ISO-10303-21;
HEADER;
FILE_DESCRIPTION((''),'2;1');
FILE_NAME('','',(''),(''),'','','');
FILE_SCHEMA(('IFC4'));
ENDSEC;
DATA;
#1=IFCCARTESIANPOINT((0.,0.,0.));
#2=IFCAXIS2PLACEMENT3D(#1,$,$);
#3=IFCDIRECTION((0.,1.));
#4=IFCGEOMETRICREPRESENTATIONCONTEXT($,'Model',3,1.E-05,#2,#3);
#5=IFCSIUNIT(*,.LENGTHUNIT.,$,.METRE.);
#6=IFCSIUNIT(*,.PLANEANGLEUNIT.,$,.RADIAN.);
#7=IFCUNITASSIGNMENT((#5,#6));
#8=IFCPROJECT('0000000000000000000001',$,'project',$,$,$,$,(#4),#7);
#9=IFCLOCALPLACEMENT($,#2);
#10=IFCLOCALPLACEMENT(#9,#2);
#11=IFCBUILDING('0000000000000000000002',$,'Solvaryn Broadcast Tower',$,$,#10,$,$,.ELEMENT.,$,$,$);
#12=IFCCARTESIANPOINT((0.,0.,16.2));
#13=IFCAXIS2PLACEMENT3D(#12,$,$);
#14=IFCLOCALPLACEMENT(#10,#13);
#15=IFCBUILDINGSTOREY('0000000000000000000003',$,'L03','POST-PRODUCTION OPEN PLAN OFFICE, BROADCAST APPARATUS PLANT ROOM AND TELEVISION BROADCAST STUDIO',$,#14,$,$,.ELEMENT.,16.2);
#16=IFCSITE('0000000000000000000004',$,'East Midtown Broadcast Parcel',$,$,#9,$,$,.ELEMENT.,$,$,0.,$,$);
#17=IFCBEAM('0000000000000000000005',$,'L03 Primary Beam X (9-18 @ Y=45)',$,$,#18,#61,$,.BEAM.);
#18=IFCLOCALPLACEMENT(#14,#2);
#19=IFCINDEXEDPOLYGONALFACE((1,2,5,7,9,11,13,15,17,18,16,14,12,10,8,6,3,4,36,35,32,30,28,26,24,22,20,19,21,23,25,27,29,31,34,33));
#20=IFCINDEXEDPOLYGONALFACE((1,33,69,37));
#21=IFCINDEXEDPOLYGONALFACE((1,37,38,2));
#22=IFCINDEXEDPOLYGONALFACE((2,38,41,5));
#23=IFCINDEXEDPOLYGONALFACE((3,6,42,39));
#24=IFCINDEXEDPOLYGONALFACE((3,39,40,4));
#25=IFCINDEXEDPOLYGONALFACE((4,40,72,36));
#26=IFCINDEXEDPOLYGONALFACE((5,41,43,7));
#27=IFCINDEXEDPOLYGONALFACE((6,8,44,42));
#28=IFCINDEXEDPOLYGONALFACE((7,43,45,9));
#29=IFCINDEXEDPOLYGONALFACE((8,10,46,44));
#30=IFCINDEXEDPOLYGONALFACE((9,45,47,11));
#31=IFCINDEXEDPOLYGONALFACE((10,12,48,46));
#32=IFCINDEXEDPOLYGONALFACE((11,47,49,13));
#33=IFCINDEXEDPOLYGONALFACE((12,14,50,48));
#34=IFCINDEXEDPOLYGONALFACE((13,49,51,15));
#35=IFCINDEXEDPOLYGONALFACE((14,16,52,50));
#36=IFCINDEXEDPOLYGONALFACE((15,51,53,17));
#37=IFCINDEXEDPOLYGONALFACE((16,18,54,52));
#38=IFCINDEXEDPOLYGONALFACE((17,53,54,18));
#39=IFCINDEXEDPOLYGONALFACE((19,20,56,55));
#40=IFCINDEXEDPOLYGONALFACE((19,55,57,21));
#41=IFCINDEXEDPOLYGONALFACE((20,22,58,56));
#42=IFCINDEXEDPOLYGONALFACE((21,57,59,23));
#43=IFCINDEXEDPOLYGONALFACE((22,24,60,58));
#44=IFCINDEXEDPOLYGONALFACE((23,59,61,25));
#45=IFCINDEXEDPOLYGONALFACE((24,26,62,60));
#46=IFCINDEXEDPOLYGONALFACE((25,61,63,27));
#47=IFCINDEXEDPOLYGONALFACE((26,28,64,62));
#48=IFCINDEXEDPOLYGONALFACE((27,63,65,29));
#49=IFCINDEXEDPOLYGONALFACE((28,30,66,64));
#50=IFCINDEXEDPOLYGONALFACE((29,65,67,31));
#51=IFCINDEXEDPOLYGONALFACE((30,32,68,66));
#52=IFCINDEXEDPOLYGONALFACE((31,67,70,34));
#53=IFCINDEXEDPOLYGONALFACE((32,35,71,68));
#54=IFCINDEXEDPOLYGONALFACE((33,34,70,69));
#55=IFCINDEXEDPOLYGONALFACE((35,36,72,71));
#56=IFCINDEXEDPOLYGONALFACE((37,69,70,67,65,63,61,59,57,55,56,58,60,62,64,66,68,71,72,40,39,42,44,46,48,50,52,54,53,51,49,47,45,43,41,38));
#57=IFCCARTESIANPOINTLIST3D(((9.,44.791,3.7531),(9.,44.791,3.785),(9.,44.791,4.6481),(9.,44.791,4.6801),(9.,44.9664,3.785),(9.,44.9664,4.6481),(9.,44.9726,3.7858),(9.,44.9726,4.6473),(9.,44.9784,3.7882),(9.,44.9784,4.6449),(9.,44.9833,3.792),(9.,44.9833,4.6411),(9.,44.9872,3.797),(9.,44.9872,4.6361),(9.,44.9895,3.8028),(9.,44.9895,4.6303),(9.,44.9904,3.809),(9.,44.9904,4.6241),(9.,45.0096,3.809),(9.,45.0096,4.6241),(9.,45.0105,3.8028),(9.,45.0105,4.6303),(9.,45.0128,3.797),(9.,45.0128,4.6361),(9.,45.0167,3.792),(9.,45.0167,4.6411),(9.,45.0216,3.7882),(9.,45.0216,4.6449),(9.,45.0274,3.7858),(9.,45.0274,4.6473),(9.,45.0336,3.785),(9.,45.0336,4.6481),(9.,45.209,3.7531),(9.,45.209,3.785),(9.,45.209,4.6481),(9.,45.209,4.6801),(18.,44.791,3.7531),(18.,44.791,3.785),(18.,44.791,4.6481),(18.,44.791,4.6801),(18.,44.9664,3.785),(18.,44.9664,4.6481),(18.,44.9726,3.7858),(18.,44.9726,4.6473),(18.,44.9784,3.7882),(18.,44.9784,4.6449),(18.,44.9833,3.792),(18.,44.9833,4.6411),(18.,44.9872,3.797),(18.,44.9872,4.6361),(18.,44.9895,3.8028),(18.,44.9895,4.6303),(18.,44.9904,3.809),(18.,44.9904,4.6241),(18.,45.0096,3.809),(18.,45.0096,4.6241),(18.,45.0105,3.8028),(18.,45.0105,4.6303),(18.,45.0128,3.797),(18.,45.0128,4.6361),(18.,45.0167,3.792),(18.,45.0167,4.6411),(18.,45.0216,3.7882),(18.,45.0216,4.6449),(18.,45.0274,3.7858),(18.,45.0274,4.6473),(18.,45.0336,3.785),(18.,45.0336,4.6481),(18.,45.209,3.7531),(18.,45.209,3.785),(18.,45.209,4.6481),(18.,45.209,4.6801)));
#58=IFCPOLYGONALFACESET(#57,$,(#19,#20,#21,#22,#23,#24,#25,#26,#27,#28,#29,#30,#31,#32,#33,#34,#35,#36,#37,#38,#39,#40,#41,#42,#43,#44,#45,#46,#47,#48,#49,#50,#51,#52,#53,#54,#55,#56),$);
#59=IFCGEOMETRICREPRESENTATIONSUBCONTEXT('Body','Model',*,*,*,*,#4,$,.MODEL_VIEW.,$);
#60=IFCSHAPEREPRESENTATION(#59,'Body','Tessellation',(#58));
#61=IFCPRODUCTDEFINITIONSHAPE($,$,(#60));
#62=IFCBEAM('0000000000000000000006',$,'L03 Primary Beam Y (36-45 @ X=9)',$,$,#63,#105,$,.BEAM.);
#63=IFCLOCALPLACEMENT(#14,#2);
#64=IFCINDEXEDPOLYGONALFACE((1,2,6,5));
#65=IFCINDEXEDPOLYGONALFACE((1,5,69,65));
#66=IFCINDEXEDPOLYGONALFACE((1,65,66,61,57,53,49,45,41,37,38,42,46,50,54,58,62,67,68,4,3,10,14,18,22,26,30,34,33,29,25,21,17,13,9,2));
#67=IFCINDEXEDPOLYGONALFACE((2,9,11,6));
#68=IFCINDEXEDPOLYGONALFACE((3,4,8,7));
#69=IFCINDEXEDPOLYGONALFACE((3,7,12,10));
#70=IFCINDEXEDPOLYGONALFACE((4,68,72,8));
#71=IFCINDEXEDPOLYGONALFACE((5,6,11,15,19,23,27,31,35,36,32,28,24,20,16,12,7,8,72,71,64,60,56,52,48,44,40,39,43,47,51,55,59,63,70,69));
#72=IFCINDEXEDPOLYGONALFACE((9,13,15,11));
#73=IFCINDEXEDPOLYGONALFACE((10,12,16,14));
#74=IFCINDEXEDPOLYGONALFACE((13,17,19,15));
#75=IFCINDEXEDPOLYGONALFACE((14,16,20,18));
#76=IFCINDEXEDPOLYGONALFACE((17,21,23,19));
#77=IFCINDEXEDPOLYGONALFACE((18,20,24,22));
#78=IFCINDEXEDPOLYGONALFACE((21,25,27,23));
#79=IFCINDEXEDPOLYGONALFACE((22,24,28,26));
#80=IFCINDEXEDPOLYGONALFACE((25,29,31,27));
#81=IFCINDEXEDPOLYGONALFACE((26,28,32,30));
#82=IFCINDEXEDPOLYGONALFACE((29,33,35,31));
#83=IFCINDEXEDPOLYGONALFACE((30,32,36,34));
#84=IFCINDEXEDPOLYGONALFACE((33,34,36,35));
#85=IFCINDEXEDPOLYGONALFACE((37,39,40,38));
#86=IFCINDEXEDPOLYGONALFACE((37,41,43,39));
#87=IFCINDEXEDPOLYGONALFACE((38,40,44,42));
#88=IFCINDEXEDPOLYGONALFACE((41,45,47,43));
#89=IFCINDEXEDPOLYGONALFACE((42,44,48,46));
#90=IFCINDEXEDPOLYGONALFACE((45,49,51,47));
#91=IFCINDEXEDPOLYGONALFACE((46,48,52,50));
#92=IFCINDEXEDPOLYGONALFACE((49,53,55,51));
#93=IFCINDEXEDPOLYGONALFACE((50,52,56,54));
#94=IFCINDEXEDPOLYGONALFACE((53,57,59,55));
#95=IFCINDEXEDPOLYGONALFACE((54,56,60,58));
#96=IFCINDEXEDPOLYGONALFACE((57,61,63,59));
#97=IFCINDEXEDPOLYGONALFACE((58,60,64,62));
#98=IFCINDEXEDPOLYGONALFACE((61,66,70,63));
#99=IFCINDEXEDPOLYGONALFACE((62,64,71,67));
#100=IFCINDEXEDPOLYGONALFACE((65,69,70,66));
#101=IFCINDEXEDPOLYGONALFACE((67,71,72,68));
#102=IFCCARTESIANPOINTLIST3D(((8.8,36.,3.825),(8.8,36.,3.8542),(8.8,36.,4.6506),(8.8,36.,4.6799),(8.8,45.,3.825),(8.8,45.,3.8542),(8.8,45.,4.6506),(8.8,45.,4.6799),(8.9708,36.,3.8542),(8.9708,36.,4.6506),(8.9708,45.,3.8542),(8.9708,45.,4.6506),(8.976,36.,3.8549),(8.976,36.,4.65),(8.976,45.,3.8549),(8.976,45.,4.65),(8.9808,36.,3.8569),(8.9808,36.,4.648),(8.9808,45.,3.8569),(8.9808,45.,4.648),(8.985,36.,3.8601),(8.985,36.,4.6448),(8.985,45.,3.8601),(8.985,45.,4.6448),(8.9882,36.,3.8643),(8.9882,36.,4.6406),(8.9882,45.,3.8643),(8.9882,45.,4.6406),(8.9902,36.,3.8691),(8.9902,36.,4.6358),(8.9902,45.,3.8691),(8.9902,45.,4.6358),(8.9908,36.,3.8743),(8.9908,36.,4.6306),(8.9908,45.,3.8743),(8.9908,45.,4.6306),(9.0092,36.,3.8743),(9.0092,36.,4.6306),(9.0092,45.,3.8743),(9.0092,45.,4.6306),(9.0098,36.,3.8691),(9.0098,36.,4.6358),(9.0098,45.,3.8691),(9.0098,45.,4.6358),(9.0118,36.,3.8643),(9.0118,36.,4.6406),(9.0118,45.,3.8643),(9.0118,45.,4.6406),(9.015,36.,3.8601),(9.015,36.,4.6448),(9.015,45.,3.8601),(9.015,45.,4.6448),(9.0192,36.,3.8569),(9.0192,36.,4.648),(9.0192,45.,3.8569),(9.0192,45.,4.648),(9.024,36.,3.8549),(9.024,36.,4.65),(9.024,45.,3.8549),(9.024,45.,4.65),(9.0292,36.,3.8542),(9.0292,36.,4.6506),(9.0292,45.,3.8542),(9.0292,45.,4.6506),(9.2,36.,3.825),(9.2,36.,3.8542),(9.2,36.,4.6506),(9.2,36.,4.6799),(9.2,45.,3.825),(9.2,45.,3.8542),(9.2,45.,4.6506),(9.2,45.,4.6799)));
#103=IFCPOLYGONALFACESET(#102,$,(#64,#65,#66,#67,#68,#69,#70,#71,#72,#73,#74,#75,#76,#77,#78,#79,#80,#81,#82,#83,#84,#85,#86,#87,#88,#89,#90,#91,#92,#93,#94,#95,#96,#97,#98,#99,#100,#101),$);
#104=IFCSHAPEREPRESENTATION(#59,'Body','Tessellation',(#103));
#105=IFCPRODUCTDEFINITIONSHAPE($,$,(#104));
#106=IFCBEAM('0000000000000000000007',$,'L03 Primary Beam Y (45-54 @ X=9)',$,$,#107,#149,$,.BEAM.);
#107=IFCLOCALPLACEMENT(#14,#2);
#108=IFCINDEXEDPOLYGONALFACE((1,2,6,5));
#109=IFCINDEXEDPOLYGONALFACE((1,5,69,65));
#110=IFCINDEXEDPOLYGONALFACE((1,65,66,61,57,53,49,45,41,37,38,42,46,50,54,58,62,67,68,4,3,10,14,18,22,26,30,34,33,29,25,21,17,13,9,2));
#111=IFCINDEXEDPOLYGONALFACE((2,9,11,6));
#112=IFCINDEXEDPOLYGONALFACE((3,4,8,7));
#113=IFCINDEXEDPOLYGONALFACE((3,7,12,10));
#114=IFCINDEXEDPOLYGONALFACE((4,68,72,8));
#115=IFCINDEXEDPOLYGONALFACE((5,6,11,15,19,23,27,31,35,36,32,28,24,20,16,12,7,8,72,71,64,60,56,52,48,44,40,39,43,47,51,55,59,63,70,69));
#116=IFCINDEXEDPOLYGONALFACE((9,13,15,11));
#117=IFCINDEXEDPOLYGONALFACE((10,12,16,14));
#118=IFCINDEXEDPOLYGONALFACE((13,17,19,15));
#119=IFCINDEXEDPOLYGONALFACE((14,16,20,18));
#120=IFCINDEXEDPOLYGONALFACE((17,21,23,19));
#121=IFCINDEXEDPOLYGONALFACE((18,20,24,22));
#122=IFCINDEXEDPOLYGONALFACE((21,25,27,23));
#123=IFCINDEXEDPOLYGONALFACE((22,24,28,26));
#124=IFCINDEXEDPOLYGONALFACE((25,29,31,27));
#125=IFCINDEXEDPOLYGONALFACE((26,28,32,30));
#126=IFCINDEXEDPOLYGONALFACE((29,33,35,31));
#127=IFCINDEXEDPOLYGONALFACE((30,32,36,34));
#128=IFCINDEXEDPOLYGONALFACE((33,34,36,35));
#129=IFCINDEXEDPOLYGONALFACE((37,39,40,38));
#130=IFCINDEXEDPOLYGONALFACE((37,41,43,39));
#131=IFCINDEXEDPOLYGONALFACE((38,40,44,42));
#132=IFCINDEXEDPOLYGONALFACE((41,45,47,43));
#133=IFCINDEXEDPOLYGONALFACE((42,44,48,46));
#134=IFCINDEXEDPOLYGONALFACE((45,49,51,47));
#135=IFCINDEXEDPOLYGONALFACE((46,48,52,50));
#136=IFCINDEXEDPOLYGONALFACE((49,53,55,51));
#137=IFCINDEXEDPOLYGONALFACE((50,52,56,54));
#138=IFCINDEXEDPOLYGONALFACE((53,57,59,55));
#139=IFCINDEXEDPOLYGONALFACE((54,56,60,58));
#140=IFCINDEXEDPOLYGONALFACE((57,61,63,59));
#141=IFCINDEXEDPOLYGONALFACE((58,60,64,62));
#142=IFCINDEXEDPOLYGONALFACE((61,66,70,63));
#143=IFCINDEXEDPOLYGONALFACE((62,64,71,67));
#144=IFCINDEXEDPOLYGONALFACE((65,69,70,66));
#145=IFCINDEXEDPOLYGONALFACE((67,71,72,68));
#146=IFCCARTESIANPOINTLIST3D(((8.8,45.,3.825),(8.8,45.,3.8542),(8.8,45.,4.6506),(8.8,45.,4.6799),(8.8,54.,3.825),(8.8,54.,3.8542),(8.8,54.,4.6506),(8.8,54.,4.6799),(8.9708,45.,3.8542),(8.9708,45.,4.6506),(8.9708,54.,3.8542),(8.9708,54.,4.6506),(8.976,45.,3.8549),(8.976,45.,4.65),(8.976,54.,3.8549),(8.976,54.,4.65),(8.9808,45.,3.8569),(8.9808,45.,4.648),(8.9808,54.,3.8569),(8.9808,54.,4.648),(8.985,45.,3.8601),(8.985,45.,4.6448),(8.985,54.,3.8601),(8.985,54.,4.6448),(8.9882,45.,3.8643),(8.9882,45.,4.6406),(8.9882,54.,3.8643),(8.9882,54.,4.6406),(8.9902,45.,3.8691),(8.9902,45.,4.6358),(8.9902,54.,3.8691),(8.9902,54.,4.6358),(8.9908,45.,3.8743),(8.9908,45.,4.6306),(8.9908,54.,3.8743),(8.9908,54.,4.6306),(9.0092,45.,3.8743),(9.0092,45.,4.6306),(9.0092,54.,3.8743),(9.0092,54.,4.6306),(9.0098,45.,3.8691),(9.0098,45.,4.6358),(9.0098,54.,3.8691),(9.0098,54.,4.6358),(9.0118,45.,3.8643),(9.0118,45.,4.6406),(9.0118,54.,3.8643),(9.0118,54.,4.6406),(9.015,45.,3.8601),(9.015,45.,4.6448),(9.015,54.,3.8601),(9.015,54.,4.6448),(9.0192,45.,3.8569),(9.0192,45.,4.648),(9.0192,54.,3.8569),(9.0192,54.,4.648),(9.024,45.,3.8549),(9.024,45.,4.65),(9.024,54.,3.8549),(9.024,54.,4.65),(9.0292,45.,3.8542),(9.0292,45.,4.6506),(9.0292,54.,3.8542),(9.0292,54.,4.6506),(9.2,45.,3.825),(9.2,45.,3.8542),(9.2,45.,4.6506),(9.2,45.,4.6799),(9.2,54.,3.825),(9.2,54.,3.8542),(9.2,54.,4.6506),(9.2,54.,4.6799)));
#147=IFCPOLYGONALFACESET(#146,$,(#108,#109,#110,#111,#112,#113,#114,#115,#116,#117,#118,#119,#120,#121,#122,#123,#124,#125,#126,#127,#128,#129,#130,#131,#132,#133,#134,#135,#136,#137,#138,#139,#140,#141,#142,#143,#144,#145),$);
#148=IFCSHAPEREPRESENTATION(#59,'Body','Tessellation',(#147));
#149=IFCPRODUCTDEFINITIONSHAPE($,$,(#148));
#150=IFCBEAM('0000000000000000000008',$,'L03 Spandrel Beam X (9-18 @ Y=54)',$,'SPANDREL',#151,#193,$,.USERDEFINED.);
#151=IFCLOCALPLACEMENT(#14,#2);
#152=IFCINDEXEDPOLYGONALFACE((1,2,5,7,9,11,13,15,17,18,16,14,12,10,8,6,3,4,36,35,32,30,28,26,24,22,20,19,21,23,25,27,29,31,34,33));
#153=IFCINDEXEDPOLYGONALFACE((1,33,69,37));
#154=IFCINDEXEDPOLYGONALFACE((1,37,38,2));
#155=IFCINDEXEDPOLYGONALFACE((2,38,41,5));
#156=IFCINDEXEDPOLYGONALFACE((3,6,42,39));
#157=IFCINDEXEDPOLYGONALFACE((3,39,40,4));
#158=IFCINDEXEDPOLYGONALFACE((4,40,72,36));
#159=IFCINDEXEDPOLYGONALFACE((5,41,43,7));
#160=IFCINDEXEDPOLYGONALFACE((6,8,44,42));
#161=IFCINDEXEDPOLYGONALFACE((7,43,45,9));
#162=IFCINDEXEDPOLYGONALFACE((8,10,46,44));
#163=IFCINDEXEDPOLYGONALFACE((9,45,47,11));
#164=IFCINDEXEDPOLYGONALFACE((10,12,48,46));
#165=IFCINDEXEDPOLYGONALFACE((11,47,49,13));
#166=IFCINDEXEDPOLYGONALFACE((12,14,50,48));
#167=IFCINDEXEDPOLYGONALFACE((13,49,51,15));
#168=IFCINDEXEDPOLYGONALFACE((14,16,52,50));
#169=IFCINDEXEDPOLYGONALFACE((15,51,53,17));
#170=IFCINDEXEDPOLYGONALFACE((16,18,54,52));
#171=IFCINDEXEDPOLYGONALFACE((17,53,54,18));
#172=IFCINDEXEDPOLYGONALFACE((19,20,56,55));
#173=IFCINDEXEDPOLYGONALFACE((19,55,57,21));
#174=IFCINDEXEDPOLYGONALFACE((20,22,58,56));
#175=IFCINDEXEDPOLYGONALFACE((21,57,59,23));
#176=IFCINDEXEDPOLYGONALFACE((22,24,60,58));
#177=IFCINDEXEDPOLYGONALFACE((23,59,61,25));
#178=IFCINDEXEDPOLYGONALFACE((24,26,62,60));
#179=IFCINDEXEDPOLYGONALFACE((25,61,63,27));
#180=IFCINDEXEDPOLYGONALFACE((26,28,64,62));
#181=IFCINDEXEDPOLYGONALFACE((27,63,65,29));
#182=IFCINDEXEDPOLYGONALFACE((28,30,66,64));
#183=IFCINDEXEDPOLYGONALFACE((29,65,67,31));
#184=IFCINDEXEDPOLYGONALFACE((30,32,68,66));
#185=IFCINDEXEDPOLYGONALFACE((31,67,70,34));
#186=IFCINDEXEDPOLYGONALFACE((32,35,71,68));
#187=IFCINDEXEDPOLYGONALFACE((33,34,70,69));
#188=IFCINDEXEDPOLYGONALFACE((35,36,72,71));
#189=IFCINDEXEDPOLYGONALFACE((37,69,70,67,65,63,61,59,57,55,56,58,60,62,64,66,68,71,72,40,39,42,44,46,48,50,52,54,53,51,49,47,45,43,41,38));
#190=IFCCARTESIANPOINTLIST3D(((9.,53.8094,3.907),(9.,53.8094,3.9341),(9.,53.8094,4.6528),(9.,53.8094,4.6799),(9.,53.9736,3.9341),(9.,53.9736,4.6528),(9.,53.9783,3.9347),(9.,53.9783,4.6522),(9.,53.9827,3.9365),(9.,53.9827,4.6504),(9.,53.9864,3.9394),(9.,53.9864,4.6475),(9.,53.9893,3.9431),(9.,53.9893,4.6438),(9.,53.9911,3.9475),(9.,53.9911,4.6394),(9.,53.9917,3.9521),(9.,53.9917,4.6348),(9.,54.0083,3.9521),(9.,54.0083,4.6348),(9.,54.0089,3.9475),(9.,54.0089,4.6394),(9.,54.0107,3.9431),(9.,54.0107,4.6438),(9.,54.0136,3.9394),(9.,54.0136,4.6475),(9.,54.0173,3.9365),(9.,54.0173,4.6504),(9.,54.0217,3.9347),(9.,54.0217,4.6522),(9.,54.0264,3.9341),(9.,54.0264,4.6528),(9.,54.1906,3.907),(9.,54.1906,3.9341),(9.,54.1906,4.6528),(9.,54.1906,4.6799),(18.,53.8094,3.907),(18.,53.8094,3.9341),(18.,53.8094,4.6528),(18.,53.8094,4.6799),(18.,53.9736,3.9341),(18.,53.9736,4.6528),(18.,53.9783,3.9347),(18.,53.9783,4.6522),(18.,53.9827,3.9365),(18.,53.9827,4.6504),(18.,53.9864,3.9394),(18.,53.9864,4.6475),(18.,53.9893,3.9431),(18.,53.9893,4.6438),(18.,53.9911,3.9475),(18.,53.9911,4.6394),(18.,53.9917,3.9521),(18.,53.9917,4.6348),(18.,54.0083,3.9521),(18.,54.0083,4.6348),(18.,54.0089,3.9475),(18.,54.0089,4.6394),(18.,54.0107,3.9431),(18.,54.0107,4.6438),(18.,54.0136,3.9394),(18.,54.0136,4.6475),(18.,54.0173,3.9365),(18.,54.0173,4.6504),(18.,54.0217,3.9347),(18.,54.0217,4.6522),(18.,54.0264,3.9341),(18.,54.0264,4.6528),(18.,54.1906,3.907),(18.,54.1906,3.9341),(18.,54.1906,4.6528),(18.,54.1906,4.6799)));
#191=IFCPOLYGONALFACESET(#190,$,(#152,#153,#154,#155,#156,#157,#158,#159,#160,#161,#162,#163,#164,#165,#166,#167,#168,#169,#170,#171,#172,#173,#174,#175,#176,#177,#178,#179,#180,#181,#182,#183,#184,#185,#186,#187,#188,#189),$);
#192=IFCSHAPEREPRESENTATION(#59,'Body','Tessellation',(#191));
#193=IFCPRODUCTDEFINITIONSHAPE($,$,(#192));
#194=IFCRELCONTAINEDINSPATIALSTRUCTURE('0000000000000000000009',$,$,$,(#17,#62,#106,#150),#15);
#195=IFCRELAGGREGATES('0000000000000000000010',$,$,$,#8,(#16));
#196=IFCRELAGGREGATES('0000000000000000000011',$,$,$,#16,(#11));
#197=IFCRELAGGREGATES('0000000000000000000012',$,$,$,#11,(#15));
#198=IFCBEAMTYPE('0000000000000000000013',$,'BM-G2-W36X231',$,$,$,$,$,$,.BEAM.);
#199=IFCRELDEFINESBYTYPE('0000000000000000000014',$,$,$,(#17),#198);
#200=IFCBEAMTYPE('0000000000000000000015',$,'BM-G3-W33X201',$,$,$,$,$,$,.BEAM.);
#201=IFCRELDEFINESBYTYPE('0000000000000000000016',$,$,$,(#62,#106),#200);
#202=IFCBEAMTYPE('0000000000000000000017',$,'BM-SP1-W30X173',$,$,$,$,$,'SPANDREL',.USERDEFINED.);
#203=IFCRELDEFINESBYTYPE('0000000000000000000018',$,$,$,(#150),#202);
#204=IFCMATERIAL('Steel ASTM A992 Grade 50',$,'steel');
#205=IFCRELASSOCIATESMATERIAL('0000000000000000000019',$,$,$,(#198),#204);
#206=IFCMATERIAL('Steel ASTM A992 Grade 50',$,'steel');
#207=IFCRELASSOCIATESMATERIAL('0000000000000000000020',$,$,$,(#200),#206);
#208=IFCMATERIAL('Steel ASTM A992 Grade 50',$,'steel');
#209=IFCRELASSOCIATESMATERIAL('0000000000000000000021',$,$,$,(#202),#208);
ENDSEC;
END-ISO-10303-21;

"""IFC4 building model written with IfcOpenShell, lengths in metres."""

from ifc_helpers import new_model, si_unit, direction, frame, origin, origin_2d, place, context, subcontext, project, spatial, i_section, extrude, material, material_profile, profile_set, type_object, element, save


model = new_model("IFC4")

# Units and contexts
model_context = context("Model", 3, precision=1e-05, world=origin(), true_north=direction((0.0, 1.0)))
body_context = subcontext(model_context, "Body", "Model", "MODEL_VIEW")
ifc_project = project(units=[si_unit("LENGTHUNIT", "METRE"), si_unit("PLANEANGLEUNIT", "RADIAN")], contexts=[model_context])

# Site, building, storey
site_placement = place(None, origin())
site = spatial("IfcSite", under=ifc_project, at=site_placement, Name="East Midtown Broadcast Parcel", CompositionType="ELEMENT", RefElevation=0.0)
building_placement = place(site_placement, origin())
building = spatial("IfcBuilding", under=site, at=building_placement, Name="Solvaryn Broadcast Tower", CompositionType="ELEMENT")
storey_placement = place(building_placement, frame((0.0, 0.0, 16.2)))
storey = spatial("IfcBuildingStorey", under=building, at=storey_placement, Name="L03", Description="POST-PRODUCTION OPEN PLAN OFFICE, BROADCAST APPARATUS PLANT ROOM AND TELEVISION BROADCAST STUDIO", CompositionType="ELEMENT", Elevation=16.2)

# Beams
ifc_material_1 = material(Name="Steel ASTM A992 Grade 50", Category="steel")
ifc_material_profile_1 = material_profile(ifc_material_1, i_section(OverallWidth=0.418, OverallDepth=0.927, WebThickness=0.0193, FlangeThickness=0.032, FilletRadius=0.0239, at=origin_2d()))
ifc_profile_set_1 = profile_set([ifc_material_profile_1], Name="Steel ASTM A992 Grade 50")
beam_type_1 = type_object("IfcBeamType", Name="BM-G2-W36X231", PredefinedType="BEAM", material=ifc_profile_set_1)
beam_1_placement = place(storey_placement, frame((9.0, 45.0, 4.2166), z_axis=(1.0, 0.0, 0.0), x_axis=(0.0, 1.0, 0.0)))
element("IfcBeam", 1, at=beam_1_placement, inside=storey, type_object=beam_type_1, Name="L03 Primary Beam X (9-18 @ Y=45)", PredefinedType="BEAM", context=body_context, shape_type="SweptSolid", body=[
    extrude(i_section(OverallWidth=0.418, OverallDepth=0.927, WebThickness=0.0193, FlangeThickness=0.032, FilletRadius=0.0239, at=origin_2d()), origin(), (0.0, 0.0, 1.0), 9.0),
])
ifc_material_2 = material(Name="Steel ASTM A992 Grade 50", Category="steel")
ifc_material_profile_2 = material_profile(ifc_material_2, i_section(OverallWidth=0.3999, OverallDepth=0.855, WebThickness=0.0183, FlangeThickness=0.0293, FilletRadius=0.02, at=origin_2d()))
ifc_profile_set_2 = profile_set([ifc_material_profile_2], Name="Steel ASTM A992 Grade 50")
beam_type_2 = type_object("IfcBeamType", Name="BM-G3-W33X201", PredefinedType="BEAM", material=ifc_profile_set_2)
for number, where, z_axis, x_axis, name in (
    (2, (9.0, 36.0, 4.2524), (0.0, 1.0, 0.0), (-1.0, 0.0, 0.0), "L03 Primary Beam Y (36-45 @ X=9)"),
    (3, (9.0, 45.0, 4.2524), (0.0, 1.0, 0.0), (-1.0, 0.0, 0.0), "L03 Primary Beam Y (45-54 @ X=9)"),
):
    element("IfcBeam", number, at=place(storey_placement, frame(where, z_axis=z_axis, x_axis=x_axis)), inside=storey, type_object=beam_type_2, Name=name, PredefinedType="BEAM", context=body_context, shape_type="SweptSolid", body=[
        extrude(i_section(OverallWidth=0.3999, OverallDepth=0.855, WebThickness=0.0183, FlangeThickness=0.0293, FilletRadius=0.02, at=origin_2d()), origin(), (0.0, 0.0, 1.0), 9.0),
    ])
ifc_material_3 = material(Name="Steel ASTM A992 Grade 50", Category="steel")
ifc_material_profile_3 = material_profile(ifc_material_3, i_section(OverallWidth=0.3811, OverallDepth=0.7729, WebThickness=0.0166, FlangeThickness=0.0271, FilletRadius=0.0181, at=origin_2d()))
ifc_profile_set_3 = profile_set([ifc_material_profile_3], Name="Steel ASTM A992 Grade 50")
beam_type_3 = type_object("IfcBeamType", Name="BM-SP1-W30X173", ElementType="SPANDREL", PredefinedType="USERDEFINED", material=ifc_profile_set_3)
beam_2_placement = place(storey_placement, frame((9.0, 54.0, 4.2935), z_axis=(1.0, 0.0, 0.0), x_axis=(0.0, 1.0, 0.0)))
element("IfcBeam", 4, at=beam_2_placement, inside=storey, type_object=beam_type_3, Name="L03 Spandrel Beam X (9-18 @ Y=54)", ObjectType="SPANDREL", PredefinedType="USERDEFINED", context=body_context, shape_type="SweptSolid", body=[
    extrude(i_section(OverallWidth=0.3811, OverallDepth=0.7729, WebThickness=0.0166, FlangeThickness=0.0271, FilletRadius=0.0181, at=origin_2d()), origin(), (0.0, 0.0, 1.0), 9.0),
])

save(model, "model.ifc")
